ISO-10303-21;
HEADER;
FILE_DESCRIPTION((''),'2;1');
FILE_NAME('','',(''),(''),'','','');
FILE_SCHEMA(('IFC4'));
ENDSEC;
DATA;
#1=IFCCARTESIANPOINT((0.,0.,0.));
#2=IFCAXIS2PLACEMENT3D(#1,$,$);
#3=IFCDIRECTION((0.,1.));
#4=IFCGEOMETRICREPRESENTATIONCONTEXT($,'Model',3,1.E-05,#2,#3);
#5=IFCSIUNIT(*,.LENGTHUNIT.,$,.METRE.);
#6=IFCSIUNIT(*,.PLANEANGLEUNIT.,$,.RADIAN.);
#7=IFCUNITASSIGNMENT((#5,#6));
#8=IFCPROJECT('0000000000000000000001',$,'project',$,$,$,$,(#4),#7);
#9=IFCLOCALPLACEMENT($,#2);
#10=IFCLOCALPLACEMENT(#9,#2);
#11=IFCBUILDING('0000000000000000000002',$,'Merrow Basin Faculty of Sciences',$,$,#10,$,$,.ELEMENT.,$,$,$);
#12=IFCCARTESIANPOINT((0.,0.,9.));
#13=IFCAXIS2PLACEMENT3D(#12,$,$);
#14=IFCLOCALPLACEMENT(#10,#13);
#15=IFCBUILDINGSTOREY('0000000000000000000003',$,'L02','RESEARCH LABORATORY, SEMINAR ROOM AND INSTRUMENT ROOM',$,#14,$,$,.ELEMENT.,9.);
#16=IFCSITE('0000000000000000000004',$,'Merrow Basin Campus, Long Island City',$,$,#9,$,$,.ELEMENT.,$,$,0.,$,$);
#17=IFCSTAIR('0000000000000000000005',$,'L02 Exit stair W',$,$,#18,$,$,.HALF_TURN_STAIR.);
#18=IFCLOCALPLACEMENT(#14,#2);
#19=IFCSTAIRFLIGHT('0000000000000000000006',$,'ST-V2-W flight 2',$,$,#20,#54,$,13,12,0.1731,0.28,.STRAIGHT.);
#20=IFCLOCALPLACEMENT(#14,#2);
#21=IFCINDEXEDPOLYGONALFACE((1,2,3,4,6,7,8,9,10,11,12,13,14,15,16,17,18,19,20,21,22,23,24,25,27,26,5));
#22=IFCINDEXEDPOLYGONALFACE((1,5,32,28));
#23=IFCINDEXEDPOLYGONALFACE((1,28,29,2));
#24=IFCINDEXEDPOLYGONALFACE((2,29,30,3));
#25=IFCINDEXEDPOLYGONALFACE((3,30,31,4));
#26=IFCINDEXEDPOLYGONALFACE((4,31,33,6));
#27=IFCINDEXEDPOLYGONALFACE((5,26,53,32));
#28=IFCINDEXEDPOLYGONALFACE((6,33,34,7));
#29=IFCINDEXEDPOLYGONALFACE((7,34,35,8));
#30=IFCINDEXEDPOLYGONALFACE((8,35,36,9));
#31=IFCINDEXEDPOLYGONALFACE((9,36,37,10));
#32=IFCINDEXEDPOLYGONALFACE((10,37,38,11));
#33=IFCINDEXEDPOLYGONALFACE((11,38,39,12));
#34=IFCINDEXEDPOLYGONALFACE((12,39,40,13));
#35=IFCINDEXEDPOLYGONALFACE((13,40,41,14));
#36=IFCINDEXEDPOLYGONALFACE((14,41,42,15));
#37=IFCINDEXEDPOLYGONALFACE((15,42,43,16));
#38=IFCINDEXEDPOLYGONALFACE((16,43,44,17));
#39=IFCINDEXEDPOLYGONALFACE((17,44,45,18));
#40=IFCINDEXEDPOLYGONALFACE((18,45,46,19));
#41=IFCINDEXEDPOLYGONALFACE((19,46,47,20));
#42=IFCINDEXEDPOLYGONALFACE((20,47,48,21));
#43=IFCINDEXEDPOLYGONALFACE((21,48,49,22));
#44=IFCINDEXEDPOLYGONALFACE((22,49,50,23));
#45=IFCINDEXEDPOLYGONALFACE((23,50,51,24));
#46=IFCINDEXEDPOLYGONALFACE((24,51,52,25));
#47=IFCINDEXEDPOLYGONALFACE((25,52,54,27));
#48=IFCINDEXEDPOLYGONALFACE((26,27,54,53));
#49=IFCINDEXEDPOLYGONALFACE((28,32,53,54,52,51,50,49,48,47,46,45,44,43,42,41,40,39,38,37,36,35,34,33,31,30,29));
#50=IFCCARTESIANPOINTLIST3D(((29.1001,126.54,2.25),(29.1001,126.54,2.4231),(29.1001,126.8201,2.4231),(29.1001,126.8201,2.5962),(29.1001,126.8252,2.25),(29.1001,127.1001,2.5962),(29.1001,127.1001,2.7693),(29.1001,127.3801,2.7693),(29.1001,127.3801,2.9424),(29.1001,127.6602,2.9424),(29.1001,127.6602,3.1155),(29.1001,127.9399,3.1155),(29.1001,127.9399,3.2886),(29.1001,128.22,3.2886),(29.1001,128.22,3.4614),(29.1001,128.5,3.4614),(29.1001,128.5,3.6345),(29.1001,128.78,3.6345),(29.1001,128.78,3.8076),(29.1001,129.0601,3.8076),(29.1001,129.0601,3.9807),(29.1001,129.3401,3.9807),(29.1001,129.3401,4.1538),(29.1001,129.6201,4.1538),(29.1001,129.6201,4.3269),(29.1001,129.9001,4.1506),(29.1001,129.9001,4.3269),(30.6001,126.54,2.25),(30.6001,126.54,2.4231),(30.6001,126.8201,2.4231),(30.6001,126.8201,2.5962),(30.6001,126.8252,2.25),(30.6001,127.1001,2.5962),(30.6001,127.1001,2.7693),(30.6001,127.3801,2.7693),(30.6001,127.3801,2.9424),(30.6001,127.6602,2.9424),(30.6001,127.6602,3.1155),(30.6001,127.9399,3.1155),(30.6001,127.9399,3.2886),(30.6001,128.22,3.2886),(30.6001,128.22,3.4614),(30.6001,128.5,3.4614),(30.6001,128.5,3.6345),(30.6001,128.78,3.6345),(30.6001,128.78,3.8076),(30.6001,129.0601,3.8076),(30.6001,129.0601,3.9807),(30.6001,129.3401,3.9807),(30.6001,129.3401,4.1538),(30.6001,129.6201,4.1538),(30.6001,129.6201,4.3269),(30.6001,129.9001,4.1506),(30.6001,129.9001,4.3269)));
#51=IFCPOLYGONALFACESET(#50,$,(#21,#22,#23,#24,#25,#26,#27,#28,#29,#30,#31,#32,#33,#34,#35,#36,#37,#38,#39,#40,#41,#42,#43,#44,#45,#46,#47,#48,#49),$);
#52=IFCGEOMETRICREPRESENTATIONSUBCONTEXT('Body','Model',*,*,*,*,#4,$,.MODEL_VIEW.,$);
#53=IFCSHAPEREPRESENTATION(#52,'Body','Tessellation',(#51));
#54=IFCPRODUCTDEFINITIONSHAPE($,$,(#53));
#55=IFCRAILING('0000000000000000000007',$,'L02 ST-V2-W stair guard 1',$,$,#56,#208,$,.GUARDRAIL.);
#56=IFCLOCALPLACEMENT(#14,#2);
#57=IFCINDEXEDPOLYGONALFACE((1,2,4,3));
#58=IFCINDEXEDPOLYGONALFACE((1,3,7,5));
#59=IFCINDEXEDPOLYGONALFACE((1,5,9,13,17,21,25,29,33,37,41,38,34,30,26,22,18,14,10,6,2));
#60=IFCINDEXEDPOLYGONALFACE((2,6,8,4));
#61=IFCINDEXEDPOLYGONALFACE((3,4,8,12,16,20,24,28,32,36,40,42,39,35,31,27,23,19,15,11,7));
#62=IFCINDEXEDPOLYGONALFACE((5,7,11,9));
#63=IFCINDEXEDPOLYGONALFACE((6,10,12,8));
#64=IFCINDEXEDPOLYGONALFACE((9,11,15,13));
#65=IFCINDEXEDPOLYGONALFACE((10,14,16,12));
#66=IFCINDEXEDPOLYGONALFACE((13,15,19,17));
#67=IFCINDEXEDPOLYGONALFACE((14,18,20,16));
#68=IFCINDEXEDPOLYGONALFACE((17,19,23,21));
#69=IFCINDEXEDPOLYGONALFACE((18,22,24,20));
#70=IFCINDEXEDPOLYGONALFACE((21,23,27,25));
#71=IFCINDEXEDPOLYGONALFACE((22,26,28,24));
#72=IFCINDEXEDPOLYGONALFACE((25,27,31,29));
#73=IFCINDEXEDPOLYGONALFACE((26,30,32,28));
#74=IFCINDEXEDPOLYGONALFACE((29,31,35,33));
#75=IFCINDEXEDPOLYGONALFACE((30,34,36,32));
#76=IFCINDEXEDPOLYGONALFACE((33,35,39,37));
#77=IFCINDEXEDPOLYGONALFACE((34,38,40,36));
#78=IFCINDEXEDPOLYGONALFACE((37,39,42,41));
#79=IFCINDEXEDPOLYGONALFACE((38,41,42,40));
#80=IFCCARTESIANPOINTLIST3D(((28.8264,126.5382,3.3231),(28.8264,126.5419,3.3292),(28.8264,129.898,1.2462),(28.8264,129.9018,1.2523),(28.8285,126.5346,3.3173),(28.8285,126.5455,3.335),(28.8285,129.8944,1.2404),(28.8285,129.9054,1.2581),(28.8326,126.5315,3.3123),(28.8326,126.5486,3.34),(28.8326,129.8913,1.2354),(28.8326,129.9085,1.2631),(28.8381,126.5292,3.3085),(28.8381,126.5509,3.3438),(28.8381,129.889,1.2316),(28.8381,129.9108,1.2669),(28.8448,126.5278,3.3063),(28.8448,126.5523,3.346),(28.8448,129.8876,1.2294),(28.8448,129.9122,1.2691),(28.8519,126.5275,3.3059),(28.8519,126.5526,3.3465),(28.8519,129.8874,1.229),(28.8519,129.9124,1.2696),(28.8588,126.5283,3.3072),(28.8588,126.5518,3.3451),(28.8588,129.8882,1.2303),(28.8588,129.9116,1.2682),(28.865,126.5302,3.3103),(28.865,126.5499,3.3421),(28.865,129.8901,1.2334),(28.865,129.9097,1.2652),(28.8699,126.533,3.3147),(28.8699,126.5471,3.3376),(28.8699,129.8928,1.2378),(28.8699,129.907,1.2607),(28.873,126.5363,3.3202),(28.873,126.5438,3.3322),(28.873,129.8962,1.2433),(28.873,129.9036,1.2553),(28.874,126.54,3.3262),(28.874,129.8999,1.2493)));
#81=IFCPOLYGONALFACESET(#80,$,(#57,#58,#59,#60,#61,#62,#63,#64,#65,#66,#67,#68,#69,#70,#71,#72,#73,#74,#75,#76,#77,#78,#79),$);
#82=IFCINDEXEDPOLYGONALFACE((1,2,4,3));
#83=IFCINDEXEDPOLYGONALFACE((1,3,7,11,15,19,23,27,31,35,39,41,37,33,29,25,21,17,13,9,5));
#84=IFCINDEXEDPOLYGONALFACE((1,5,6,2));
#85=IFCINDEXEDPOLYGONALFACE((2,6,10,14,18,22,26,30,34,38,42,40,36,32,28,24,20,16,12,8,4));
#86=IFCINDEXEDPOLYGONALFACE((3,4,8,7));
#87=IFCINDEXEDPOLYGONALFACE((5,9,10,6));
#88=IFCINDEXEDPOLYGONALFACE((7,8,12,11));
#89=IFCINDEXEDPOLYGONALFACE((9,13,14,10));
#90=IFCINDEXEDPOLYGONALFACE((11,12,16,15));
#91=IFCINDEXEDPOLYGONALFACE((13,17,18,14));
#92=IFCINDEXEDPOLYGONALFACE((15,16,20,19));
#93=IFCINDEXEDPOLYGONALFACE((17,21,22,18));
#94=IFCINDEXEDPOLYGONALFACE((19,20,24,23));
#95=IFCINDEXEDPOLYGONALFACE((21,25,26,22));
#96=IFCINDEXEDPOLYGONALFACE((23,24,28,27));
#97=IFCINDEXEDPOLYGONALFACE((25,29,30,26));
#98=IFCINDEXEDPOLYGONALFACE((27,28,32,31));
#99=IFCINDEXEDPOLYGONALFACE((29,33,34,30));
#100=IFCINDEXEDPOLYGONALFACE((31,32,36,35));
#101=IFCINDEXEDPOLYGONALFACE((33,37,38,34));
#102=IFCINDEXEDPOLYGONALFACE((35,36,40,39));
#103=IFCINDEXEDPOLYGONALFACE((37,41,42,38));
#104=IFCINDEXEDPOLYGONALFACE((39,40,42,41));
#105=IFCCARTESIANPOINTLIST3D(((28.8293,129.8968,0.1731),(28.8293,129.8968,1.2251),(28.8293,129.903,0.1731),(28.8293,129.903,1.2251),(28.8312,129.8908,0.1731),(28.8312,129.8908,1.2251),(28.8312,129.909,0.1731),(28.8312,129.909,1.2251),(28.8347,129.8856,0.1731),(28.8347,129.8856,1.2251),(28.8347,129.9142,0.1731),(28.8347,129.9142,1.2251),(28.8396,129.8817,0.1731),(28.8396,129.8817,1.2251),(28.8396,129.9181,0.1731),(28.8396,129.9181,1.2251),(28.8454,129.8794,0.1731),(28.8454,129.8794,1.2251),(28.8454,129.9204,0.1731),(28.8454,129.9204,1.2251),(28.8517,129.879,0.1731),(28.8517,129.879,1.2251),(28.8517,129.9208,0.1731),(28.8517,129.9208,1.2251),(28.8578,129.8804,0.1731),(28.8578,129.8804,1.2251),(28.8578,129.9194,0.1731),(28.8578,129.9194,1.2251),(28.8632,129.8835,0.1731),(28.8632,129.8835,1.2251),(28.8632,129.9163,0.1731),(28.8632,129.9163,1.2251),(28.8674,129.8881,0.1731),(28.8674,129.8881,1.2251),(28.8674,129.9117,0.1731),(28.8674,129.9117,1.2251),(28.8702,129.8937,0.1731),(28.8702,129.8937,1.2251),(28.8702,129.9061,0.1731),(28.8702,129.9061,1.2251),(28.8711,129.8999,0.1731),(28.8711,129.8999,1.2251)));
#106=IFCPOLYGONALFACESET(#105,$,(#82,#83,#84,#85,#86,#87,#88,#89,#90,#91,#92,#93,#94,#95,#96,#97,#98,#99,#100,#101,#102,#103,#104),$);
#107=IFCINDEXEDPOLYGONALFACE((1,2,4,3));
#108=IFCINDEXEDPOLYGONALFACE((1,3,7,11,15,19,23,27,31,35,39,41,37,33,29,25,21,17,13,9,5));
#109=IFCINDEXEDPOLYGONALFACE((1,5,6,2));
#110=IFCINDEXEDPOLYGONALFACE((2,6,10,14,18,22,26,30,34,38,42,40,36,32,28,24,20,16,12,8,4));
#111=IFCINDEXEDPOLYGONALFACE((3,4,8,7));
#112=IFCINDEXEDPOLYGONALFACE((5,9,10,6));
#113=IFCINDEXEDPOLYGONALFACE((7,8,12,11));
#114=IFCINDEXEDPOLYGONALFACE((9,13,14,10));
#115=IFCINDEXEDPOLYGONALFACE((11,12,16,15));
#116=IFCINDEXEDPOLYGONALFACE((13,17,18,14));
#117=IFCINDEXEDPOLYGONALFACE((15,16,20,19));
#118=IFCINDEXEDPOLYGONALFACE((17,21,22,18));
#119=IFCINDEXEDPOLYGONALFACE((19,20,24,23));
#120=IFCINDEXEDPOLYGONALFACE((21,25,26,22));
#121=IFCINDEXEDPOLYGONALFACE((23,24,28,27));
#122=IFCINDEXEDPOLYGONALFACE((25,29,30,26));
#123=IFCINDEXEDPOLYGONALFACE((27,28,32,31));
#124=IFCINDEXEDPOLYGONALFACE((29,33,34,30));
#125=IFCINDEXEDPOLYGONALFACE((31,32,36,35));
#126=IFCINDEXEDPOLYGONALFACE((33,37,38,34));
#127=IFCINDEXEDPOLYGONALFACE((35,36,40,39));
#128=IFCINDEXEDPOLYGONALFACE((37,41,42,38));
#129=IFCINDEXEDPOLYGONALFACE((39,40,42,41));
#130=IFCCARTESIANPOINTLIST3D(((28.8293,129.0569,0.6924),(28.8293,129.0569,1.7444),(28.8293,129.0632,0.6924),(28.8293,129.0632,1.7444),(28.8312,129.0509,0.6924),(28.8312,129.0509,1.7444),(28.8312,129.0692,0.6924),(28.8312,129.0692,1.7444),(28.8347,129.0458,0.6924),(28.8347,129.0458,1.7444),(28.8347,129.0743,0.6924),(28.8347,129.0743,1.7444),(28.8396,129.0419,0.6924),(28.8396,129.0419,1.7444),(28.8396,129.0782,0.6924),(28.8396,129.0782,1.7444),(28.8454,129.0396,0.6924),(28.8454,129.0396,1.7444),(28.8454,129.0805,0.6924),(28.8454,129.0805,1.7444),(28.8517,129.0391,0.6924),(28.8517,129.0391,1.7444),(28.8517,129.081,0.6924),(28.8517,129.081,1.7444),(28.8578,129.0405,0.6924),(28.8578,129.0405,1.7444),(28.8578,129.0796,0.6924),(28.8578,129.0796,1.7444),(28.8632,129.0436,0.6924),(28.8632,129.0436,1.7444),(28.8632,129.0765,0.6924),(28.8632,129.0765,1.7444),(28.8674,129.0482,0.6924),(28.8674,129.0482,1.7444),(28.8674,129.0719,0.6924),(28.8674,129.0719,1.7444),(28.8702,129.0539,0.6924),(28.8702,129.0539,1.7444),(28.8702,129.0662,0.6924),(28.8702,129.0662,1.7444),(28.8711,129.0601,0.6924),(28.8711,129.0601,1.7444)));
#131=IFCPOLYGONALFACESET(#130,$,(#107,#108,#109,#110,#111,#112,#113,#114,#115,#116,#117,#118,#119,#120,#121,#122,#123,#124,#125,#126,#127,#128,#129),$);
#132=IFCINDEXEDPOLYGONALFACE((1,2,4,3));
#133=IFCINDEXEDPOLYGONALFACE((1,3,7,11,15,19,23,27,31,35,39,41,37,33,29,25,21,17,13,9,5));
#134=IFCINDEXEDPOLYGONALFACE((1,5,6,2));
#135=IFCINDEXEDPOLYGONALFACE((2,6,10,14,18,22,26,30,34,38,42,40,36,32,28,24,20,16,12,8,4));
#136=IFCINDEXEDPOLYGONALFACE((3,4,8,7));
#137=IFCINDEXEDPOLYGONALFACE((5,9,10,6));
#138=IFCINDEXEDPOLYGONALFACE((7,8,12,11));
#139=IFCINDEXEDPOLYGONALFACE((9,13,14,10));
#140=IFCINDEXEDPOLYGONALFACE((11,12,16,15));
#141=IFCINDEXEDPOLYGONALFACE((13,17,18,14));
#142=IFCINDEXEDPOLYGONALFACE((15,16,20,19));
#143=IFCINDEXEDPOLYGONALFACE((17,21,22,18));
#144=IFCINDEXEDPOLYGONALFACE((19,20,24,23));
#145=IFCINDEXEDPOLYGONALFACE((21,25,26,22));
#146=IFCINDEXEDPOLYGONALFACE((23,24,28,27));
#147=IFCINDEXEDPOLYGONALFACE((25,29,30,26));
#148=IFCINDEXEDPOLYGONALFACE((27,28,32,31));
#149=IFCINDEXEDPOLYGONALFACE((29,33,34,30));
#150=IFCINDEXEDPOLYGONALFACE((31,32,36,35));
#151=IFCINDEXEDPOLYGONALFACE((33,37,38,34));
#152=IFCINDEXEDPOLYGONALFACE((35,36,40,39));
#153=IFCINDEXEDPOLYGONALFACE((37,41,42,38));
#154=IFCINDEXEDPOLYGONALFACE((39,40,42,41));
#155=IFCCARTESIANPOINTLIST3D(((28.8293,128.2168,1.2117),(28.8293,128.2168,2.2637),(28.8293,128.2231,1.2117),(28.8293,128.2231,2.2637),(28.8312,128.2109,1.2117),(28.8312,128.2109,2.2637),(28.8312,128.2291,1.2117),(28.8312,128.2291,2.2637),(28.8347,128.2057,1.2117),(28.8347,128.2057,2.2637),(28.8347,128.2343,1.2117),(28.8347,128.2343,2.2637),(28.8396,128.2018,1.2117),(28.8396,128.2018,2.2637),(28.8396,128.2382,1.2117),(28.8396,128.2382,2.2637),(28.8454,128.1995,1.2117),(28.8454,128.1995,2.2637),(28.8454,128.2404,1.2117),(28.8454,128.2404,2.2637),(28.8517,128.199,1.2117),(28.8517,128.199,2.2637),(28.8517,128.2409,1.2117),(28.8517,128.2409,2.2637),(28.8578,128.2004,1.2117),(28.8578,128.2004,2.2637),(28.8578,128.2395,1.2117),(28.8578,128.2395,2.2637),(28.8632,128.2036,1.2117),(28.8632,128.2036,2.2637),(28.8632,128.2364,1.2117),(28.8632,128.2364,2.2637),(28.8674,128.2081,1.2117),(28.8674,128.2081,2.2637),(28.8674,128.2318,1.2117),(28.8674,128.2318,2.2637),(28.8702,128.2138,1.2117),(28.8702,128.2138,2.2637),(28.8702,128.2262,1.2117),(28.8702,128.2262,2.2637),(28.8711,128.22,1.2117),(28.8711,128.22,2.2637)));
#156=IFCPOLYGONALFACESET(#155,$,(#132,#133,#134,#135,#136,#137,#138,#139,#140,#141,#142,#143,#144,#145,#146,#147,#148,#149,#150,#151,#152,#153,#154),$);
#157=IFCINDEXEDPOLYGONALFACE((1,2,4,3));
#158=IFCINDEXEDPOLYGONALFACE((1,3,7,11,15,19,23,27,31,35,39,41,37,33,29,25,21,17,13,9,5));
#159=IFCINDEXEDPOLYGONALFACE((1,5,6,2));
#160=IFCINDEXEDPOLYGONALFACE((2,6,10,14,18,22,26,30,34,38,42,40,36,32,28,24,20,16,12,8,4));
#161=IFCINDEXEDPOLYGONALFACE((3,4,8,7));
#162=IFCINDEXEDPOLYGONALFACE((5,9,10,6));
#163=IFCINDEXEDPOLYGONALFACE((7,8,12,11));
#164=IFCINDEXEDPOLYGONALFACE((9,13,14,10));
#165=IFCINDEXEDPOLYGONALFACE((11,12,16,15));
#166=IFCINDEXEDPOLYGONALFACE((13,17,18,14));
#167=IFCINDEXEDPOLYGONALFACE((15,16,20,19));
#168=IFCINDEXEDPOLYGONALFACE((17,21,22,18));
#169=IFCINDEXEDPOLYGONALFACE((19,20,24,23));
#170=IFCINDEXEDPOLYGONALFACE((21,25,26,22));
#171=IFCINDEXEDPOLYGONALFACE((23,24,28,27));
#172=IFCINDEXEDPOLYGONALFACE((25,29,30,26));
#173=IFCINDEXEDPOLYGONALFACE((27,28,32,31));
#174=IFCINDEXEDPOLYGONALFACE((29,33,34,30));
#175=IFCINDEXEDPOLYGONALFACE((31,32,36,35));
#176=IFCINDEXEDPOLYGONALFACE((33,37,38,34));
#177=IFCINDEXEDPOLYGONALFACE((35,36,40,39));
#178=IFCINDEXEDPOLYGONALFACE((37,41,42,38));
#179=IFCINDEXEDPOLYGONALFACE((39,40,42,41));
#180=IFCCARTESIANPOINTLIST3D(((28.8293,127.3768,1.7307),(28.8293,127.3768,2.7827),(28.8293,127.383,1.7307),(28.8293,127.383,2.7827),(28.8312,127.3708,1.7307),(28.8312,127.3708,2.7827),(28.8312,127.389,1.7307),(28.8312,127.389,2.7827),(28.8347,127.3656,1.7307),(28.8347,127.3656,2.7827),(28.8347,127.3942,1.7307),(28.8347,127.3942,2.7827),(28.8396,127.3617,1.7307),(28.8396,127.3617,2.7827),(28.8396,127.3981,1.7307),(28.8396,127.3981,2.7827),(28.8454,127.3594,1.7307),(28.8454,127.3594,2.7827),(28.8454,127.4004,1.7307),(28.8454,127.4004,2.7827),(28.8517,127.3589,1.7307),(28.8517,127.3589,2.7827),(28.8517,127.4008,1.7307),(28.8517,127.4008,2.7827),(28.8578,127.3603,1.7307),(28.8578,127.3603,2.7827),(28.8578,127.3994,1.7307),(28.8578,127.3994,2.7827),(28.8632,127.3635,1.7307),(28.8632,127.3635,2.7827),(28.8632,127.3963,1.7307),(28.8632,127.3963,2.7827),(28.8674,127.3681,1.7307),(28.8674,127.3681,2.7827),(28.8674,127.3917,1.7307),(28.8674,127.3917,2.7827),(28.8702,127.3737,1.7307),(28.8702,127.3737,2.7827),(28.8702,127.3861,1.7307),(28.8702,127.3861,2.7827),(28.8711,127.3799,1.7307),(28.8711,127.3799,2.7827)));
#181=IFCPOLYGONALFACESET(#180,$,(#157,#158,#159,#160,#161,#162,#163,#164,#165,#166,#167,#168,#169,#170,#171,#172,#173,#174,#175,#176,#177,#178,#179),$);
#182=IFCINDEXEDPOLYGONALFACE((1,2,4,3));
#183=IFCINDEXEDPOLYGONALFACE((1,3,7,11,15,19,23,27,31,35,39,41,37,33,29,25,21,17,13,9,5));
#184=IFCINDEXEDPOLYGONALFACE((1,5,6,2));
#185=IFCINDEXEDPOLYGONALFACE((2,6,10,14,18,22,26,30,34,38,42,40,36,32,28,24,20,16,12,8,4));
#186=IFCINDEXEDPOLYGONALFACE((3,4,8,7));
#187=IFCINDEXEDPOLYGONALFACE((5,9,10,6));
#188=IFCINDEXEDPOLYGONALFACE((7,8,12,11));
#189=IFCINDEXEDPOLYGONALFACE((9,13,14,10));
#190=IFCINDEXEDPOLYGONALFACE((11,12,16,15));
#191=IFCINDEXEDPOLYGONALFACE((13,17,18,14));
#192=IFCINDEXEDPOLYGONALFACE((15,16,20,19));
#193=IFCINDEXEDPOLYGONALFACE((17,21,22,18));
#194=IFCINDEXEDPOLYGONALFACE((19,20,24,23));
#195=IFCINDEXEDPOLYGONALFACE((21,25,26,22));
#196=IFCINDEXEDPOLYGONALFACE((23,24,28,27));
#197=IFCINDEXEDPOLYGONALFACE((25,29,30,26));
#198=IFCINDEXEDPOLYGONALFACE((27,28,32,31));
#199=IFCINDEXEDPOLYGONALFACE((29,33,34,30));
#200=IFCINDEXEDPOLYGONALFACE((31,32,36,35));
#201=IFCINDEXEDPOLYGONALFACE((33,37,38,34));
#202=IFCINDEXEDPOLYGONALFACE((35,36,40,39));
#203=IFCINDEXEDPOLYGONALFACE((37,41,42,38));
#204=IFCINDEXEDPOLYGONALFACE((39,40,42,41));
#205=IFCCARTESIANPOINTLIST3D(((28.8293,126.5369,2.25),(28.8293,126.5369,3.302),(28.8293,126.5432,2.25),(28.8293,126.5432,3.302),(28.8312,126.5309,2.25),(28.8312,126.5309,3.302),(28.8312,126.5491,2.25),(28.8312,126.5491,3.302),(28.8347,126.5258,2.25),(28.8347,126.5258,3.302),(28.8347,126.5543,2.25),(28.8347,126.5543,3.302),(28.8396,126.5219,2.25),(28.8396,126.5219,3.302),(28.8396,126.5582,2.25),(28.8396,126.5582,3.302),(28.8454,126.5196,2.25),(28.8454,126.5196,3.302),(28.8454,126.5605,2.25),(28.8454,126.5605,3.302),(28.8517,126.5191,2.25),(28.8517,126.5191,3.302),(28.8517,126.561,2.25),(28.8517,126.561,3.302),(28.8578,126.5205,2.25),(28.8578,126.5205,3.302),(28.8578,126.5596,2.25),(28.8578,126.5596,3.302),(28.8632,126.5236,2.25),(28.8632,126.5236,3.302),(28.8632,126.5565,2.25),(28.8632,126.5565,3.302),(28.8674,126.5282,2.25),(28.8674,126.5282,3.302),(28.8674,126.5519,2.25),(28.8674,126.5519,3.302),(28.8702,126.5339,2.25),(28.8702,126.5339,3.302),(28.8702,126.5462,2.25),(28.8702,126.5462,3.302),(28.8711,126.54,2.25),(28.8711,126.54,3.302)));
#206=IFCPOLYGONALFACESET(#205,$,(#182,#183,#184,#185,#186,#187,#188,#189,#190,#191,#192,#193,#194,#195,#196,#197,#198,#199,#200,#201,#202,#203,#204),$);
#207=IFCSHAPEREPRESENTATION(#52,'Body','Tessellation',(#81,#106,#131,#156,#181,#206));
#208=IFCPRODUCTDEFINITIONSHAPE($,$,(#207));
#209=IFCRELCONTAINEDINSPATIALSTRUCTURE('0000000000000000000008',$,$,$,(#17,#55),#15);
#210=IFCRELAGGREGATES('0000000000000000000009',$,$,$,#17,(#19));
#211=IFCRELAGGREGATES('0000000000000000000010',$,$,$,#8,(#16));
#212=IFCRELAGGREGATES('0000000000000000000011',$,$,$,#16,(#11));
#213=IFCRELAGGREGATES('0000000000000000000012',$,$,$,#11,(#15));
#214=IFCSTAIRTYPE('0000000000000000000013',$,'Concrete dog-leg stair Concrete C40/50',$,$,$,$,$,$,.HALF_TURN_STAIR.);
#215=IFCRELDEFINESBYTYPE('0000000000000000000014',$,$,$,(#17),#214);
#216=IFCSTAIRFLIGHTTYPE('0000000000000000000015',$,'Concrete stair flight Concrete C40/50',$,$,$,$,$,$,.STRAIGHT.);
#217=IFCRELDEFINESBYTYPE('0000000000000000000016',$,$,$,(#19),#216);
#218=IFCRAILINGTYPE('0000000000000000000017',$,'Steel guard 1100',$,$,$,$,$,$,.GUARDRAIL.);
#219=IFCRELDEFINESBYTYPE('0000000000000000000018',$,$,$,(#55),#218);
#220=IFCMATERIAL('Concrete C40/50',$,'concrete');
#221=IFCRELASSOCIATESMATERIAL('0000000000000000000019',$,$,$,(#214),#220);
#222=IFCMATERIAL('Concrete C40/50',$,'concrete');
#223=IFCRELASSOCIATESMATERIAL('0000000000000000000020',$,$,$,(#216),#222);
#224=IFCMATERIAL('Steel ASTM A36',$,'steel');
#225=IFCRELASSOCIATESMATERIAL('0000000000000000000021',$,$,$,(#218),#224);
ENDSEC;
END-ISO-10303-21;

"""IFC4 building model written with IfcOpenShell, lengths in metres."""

from ifc_helpers import new_model, si_unit, direction, frame, origin, origin_2d, place, context, subcontext, project, spatial, polyline, circle, outline, extrude, material, type_object, element, aggregate, save


model = new_model("IFC4")

# Units and contexts
model_context = context("Model", 3, precision=1e-05, world=origin(), true_north=direction((0.0, 1.0)))
body_context = subcontext(model_context, "Body", "Model", "MODEL_VIEW")
ifc_project = project(units=[si_unit("LENGTHUNIT", "METRE"), si_unit("PLANEANGLEUNIT", "RADIAN")], contexts=[model_context])

# Site, building, storey
site_placement = place(None, origin())
site = spatial("IfcSite", under=ifc_project, at=site_placement, Name="Merrow Basin Campus, Long Island City", CompositionType="ELEMENT", RefElevation=0.0)
building_placement = place(site_placement, origin())
building = spatial("IfcBuilding", under=site, at=building_placement, Name="Merrow Basin Faculty of Sciences", CompositionType="ELEMENT")
storey_placement = place(building_placement, frame((0.0, 0.0, 9.0)))
storey = spatial("IfcBuildingStorey", under=building, at=storey_placement, Name="L02", Description="RESEARCH LABORATORY, SEMINAR ROOM AND INSTRUMENT ROOM", CompositionType="ELEMENT", Elevation=9.0)

# Stair, stair flight
ifc_material_1 = material(Name="Concrete C40/50", Category="concrete")
stair_type = type_object("IfcStairType", Name="Concrete dog-leg stair Concrete C40/50", PredefinedType="HALF_TURN_STAIR", material=ifc_material_1)
stair_placement = place(storey_placement, origin())
stair = element("IfcStair", 1, at=stair_placement, inside=storey, type_object=stair_type, Name="L02 Exit stair W", PredefinedType="HALF_TURN_STAIR")
ifc_material_2 = material(Name="Concrete C40/50", Category="concrete")
stair_flight_type = type_object("IfcStairFlightType", Name="Concrete stair flight Concrete C40/50", PredefinedType="STRAIGHT", material=ifc_material_2)
stair_flight_1_placement = place(storey_placement, frame((29.8501, 126.54, 2.25), z_axis=(0.0, 0.0, 1.0), x_axis=(0.0, 1.0, 0.0)))
stair_flight_1 = element("IfcStairFlight", 2, at=stair_flight_1_placement, type_object=stair_flight_type, Name="ST-V2-W flight 2", NumberOfRisers=13, NumberOfTreads=12, PredefinedType="STRAIGHT", RiserHeight=0.1731, TreadLength=0.28, context=body_context, shape_type="SweptSolid", body=[
    extrude(outline(polyline([(0.0, 0.0), (0.0, 0.1731), (0.28, 0.1731), (0.28, 0.3462), (0.5601, 0.3462), (0.5601, 0.5193), (0.8401, 0.5193), (0.8401, 0.6924), (1.1201, 0.6924), (1.1201, 0.8655), (1.3999, 0.8655), (1.3999, 1.0386), (1.6799, 1.0386), (1.6799, 1.2114), (1.96, 1.2114), (1.96, 1.3845), (2.24, 1.3845), (2.24, 1.5576), (2.52, 1.5576), (2.52, 1.7307), (2.8, 1.7307), (2.8, 1.9038), (3.0801, 1.9038), (3.0801, 2.0769), (3.3601, 2.0769), (3.3601, 2.25), (3.3601, 1.9006), (0.2852, 0.0), (0.0, 0.0)])), frame((0.0, 0.75, 0.0), z_axis=(0.0, -1.0, 0.0), x_axis=(1.0, 0.0, 0.0)), (0.0, 0.0, 1.0), 1.5),
])
aggregate(stair, [stair_flight_1])

# Railing
ifc_material_3 = material(Name="Steel ASTM A36", Category="steel")
railing_type_1 = type_object("IfcRailingType", Name="Steel guard 1100", PredefinedType="GUARDRAIL", material=ifc_material_3)
railing_1_placement = place(storey_placement, frame((28.8501, 129.8999, 0.1731)))
element("IfcRailing", 3, at=railing_1_placement, inside=storey, type_object=railing_type_1, Name="L02 ST-V2-W stair guard 1", PredefinedType="GUARDRAIL", context=body_context, shape_type="SweptSolid", body=[
    extrude(circle(Radius=0.0239, at=origin_2d()), frame((0.0, 0.0, 1.0762), z_axis=(0.0, -0.850606, 0.525803), x_axis=(1.0, 0.0, 0.0)), (0.0, 0.0, 1.0), 3.95),
    extrude(circle(Radius=0.021, at=origin_2d()), origin(), (0.0, 0.0, 1.0), 1.052),
    extrude(circle(Radius=0.021, at=origin_2d()), frame((0.0, -0.8398, 0.5193)), (0.0, 0.0, 1.0), 1.052),
    extrude(circle(Radius=0.021, at=origin_2d()), frame((0.0, -1.6799, 1.0386)), (0.0, 0.0, 1.0), 1.052),
    extrude(circle(Radius=0.021, at=origin_2d()), frame((0.0, -2.52, 1.5576)), (0.0, 0.0, 1.0), 1.052),
    extrude(circle(Radius=0.021, at=origin_2d()), frame((0.0, -3.3599, 2.0769)), (0.0, 0.0, 1.0), 1.052),
])

save(model, "model.ifc")
